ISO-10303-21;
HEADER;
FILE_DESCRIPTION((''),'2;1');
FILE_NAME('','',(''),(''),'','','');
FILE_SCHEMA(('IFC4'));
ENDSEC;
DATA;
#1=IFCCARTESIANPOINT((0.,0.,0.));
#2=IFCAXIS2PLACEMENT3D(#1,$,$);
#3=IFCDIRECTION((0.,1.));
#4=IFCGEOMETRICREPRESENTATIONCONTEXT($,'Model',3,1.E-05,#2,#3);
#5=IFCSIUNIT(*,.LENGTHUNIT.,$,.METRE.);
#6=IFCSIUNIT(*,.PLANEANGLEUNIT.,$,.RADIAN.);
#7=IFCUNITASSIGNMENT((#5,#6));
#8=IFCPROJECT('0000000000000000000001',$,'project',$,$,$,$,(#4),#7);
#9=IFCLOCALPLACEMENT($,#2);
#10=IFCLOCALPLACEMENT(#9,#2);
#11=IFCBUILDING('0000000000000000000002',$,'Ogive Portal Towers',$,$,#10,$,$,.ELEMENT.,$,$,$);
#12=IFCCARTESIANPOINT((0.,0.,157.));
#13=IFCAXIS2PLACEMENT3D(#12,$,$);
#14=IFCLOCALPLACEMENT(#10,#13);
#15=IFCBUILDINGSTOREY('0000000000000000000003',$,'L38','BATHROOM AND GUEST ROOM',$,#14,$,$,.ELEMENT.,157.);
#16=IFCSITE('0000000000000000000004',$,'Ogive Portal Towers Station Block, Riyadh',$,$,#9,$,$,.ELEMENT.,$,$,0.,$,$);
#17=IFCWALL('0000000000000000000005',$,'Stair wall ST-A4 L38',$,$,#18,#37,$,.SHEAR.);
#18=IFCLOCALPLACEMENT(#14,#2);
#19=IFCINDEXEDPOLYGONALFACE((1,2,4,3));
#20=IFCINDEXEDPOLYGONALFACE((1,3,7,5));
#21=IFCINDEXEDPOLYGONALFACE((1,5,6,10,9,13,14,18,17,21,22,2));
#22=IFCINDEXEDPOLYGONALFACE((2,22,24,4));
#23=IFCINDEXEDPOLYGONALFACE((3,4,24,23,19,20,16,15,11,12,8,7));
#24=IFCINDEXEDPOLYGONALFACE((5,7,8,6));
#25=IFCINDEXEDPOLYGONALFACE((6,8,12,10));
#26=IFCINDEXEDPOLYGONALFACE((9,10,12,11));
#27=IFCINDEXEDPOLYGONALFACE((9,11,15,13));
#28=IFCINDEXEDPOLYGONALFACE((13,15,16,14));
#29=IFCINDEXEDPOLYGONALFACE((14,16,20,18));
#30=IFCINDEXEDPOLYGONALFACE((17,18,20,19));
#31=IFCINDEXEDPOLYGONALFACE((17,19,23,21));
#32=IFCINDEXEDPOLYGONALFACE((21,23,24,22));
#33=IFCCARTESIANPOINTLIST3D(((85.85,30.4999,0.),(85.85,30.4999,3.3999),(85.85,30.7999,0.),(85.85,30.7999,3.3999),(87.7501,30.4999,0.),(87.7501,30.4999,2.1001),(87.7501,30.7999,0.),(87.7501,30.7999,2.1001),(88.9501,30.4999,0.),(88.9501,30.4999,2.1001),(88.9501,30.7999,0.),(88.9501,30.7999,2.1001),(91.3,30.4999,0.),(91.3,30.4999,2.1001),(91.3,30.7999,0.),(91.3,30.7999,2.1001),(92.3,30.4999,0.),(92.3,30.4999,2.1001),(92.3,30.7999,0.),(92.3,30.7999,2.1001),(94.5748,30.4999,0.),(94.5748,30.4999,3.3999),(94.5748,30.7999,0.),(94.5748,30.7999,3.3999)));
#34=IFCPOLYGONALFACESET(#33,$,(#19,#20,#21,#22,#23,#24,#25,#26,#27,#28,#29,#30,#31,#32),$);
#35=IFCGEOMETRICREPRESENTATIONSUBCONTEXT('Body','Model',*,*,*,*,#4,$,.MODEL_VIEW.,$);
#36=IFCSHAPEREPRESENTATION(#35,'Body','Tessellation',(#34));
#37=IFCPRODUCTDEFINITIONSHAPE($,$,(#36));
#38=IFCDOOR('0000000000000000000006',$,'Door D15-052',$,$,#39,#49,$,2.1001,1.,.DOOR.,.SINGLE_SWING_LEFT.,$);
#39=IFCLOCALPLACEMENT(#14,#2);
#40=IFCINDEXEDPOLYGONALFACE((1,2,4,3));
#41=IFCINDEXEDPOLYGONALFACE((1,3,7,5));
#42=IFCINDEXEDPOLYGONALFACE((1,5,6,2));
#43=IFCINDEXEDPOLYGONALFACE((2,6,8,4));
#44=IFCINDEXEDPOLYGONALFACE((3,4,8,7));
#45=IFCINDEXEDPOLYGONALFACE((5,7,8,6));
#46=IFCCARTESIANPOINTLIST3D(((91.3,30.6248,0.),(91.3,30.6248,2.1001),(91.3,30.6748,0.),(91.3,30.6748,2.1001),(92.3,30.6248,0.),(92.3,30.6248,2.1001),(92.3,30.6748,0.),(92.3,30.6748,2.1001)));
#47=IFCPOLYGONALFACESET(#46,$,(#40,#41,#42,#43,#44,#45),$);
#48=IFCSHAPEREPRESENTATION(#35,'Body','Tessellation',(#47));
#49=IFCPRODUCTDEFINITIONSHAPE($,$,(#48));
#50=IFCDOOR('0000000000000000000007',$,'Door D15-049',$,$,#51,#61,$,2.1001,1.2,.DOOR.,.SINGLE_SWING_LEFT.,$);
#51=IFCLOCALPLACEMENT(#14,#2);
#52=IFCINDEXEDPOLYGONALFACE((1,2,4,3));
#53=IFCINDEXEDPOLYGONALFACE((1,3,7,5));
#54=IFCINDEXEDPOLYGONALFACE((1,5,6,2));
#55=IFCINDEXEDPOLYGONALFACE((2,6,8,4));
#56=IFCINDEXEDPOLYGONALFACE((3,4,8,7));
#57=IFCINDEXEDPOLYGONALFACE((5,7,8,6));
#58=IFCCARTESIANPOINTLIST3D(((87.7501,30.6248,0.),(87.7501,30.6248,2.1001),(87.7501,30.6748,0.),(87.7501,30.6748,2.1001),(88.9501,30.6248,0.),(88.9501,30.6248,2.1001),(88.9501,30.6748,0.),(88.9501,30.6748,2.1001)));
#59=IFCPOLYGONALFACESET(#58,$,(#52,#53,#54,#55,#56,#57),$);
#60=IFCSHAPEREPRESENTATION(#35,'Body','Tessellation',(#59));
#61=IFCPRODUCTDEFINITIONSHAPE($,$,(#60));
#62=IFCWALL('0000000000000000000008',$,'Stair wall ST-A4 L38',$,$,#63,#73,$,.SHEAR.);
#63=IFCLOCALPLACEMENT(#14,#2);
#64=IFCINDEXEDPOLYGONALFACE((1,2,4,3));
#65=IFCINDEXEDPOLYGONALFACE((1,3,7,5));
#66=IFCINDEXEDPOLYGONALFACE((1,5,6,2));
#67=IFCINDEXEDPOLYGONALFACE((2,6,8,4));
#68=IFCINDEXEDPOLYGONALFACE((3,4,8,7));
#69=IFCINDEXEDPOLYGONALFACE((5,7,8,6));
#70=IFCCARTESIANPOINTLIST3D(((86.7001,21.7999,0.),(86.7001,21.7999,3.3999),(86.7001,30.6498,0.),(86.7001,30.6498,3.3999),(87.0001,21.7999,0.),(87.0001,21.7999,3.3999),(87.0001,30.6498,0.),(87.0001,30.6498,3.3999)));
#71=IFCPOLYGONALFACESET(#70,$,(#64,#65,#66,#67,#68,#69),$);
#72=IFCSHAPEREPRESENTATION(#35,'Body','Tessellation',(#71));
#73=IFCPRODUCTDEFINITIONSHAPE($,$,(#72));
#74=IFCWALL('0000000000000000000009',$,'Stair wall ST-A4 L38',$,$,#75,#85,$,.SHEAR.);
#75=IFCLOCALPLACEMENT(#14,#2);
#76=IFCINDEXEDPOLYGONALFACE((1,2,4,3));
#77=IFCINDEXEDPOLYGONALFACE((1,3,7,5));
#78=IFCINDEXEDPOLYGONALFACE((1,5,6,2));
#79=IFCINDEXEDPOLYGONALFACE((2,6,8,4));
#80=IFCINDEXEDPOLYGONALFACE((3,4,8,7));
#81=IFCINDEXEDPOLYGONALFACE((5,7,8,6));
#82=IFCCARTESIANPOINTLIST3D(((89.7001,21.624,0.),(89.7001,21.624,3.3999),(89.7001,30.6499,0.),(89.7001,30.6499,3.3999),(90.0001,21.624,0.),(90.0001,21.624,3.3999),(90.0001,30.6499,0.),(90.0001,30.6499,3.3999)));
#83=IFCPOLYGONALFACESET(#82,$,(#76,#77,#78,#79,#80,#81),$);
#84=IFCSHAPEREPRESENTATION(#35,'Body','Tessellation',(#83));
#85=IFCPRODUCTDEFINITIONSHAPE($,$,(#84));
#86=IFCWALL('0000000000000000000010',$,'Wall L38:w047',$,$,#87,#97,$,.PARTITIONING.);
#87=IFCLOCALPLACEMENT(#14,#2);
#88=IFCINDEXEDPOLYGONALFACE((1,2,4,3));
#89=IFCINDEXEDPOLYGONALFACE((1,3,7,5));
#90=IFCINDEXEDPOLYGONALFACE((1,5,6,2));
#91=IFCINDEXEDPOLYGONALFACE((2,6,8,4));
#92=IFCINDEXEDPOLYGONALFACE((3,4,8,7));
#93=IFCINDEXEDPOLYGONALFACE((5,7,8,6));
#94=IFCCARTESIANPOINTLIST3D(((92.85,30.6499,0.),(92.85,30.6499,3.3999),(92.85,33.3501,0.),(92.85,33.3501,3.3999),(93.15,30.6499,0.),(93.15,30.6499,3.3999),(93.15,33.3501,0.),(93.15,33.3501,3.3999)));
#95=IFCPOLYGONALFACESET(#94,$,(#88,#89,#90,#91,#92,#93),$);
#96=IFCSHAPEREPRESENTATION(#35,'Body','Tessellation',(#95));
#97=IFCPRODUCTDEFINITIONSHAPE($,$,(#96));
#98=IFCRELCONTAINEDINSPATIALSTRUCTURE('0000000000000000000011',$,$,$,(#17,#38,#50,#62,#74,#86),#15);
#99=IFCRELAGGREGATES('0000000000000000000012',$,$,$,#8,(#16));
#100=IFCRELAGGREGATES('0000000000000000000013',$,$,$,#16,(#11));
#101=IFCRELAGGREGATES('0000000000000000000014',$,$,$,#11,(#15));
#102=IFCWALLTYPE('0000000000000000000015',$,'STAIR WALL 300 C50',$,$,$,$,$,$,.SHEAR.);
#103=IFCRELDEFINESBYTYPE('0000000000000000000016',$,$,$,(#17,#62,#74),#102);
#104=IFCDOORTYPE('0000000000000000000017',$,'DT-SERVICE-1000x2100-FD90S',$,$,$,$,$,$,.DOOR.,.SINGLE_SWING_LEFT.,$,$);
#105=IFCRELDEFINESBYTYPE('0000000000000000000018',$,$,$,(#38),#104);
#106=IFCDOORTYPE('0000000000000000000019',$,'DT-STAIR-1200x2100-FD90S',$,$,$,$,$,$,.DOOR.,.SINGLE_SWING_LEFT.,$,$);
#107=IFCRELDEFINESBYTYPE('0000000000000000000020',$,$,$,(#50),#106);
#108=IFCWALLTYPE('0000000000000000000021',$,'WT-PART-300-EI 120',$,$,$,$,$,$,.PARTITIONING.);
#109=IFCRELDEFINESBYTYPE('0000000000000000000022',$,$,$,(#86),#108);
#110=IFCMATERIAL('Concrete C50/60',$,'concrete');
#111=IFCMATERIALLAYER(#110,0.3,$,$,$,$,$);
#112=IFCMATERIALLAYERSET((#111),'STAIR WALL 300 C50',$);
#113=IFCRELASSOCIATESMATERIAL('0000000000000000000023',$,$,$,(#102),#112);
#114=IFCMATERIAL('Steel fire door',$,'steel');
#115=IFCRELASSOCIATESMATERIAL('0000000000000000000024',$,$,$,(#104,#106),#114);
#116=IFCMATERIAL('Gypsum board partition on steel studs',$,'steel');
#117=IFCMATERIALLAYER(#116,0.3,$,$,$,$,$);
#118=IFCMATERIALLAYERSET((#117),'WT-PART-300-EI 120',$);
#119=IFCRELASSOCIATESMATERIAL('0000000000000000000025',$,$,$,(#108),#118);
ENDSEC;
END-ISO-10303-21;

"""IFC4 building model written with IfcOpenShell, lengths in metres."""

from ifc_helpers import new_model, si_unit, direction, frame, frame_2d, origin, place, context, subcontext, project, spatial, rectangle, extrude, material, layer, layer_set, type_object, element, fill, save


model = new_model("IFC4")

# Units and contexts
model_context = context("Model", 3, precision=1e-05, world=origin(), true_north=direction((0.0, 1.0)))
body_context = subcontext(model_context, "Body", "Model", "MODEL_VIEW")
ifc_project = project(units=[si_unit("LENGTHUNIT", "METRE"), si_unit("PLANEANGLEUNIT", "RADIAN")], contexts=[model_context])

# Site, building, storey
site_placement = place(None, origin())
site = spatial("IfcSite", under=ifc_project, at=site_placement, Name="Ogive Portal Towers Station Block, Riyadh", CompositionType="ELEMENT", RefElevation=0.0)
building_placement = place(site_placement, origin())
building = spatial("IfcBuilding", under=site, at=building_placement, Name="Ogive Portal Towers", CompositionType="ELEMENT")
storey_placement = place(building_placement, frame((0.0, 0.0, 157.0)))
storey = spatial("IfcBuildingStorey", under=building, at=storey_placement, Name="L38", Description="BATHROOM AND GUEST ROOM", CompositionType="ELEMENT", Elevation=157.0)

# Shared definitions
ifc_material_1 = material(Name="Concrete C50/60", Category="concrete")
ifc_layer_1 = layer(ifc_material_1, 0.3)
ifc_layer_set_1 = layer_set([ifc_layer_1], Name="STAIR WALL 300 C50")
wall_type_1 = type_object("IfcWallType", Name="STAIR WALL 300 C50", PredefinedType="SHEAR", material=ifc_layer_set_1)

# Wall, openings, doors
wall_1_placement = place(storey_placement, frame((85.8501, 30.6499, 0.0), z_axis=(0.0, 0.0, 1.0), x_axis=(1.0, 0.0, 0.0)))
wall_1 = element("IfcWall", 1, at=wall_1_placement, inside=storey, type_object=wall_type_1, Name="Stair wall ST-A4 L38", PredefinedType="SHEAR", context=body_context, shape_type="SweptSolid", body=[
    extrude(rectangle(XDim=8.7249, YDim=0.3, at=frame_2d((4.3623, 0.0))), origin(), (0.0, 0.0, 1.0), 3.3999),
])
opening_1_placement = place(wall_1_placement, frame((1.8999, 0.0, 0.0)))
opening_1 = element("IfcOpeningElement", 2, at=opening_1_placement, cuts=wall_1, PredefinedType="OPENING", context=body_context, shape_type="SweptSolid", body=[
    extrude(rectangle(XDim=1.2, YDim=2.1001, at=frame_2d((0.6001, 1.05))), frame((0.0, 0.1602, 0.0), z_axis=(0.0, -1.0, 0.0), x_axis=(1.0, 0.0, 0.0)), (0.0, 0.0, 1.0), 0.3201),
])
opening_2_placement = place(wall_1_placement, frame((5.45, 0.0, 0.0)))
opening_2 = element("IfcOpeningElement", 3, at=opening_2_placement, cuts=wall_1, PredefinedType="OPENING", context=body_context, shape_type="SweptSolid", body=[
    extrude(rectangle(XDim=1.0, YDim=2.1001, at=frame_2d((0.5, 1.05))), frame((0.0, 0.1602, 0.0), z_axis=(0.0, -1.0, 0.0), x_axis=(1.0, 0.0, 0.0)), (0.0, 0.0, 1.0), 0.3201),
])
ifc_material_2 = material(Name="Steel fire door", Category="steel")
door_type_1 = type_object("IfcDoorType", Name="DT-SERVICE-1000x2100-FD90S", OperationType="SINGLE_SWING_LEFT", PredefinedType="DOOR", material=ifc_material_2)
door_1_placement = place(opening_2_placement, origin())
door_1 = element("IfcDoor", 4, at=door_1_placement, inside=storey, type_object=door_type_1, Name="Door D15-052", OperationType="SINGLE_SWING_LEFT", OverallHeight=2.1001, OverallWidth=1.0, PredefinedType="DOOR", context=body_context, shape_type="SweptSolid", body=[
    extrude(rectangle(XDim=1.0, YDim=2.1001, at=frame_2d((0.5, 1.05))), frame((0.0, 0.0249, 0.0), z_axis=(0.0, -1.0, 0.0), x_axis=(1.0, 0.0, 0.0)), (0.0, 0.0, 1.0), 0.05),
])
fill(opening_2, door_1)
door_type_2 = type_object("IfcDoorType", Name="DT-STAIR-1200x2100-FD90S", OperationType="SINGLE_SWING_LEFT", PredefinedType="DOOR", material=ifc_material_2)
door_2_placement = place(opening_1_placement, origin())
door_2 = element("IfcDoor", 5, at=door_2_placement, inside=storey, type_object=door_type_2, Name="Door D15-049", OperationType="SINGLE_SWING_LEFT", OverallHeight=2.1001, OverallWidth=1.2, PredefinedType="DOOR", context=body_context, shape_type="SweptSolid", body=[
    extrude(rectangle(XDim=1.2, YDim=2.1001, at=frame_2d((0.6001, 1.05))), frame((0.0, 0.0249, 0.0), z_axis=(0.0, -1.0, 0.0), x_axis=(1.0, 0.0, 0.0)), (0.0, 0.0, 1.0), 0.05),
])
fill(opening_1, door_2)

# Walls
wall_2_placement = place(storey_placement, frame((86.8501, 21.8, 0.0), z_axis=(0.0, 0.0, 1.0), x_axis=(0.0, 1.0, 0.0)))
element("IfcWall", 6, at=wall_2_placement, inside=storey, type_object=wall_type_1, Name="Stair wall ST-A4 L38", PredefinedType="SHEAR", context=body_context, shape_type="SweptSolid", body=[
    extrude(rectangle(XDim=8.8499, YDim=0.3, at=frame_2d((4.4248, 0.0))), origin(), (0.0, 0.0, 1.0), 3.3999),
])
wall_3_placement = place(storey_placement, frame((89.8501, 21.624, 0.0), z_axis=(0.0, 0.0, 1.0), x_axis=(0.0, 1.0, 0.0)))
element("IfcWall", 7, at=wall_3_placement, inside=storey, type_object=wall_type_1, Name="Stair wall ST-A4 L38", PredefinedType="SHEAR", context=body_context, shape_type="SweptSolid", body=[
    extrude(rectangle(XDim=9.0259, YDim=0.3, at=frame_2d((4.5129, 0.0))), origin(), (0.0, 0.0, 1.0), 3.3999),
])
ifc_material_3 = material(Name="Gypsum board partition on steel studs", Category="steel")
ifc_layer_2 = layer(ifc_material_3, 0.3)
ifc_layer_set_2 = layer_set([ifc_layer_2], Name="WT-PART-300-EI 120")
wall_type_2 = type_object("IfcWallType", Name="WT-PART-300-EI 120", PredefinedType="PARTITIONING", material=ifc_layer_set_2)
wall_4_placement = place(storey_placement, frame((93.0, 30.6499, 0.0), z_axis=(0.0, 0.0, 1.0), x_axis=(0.0, 1.0, 0.0)))
element("IfcWall", 8, at=wall_4_placement, inside=storey, type_object=wall_type_2, Name="Wall L38:w047", PredefinedType="PARTITIONING", context=body_context, shape_type="SweptSolid", body=[
    extrude(rectangle(XDim=2.7002, YDim=0.3, at=frame_2d((1.3501, 0.0))), origin(), (0.0, 0.0, 1.0), 3.3999),
])

save(model, "model.ifc")
